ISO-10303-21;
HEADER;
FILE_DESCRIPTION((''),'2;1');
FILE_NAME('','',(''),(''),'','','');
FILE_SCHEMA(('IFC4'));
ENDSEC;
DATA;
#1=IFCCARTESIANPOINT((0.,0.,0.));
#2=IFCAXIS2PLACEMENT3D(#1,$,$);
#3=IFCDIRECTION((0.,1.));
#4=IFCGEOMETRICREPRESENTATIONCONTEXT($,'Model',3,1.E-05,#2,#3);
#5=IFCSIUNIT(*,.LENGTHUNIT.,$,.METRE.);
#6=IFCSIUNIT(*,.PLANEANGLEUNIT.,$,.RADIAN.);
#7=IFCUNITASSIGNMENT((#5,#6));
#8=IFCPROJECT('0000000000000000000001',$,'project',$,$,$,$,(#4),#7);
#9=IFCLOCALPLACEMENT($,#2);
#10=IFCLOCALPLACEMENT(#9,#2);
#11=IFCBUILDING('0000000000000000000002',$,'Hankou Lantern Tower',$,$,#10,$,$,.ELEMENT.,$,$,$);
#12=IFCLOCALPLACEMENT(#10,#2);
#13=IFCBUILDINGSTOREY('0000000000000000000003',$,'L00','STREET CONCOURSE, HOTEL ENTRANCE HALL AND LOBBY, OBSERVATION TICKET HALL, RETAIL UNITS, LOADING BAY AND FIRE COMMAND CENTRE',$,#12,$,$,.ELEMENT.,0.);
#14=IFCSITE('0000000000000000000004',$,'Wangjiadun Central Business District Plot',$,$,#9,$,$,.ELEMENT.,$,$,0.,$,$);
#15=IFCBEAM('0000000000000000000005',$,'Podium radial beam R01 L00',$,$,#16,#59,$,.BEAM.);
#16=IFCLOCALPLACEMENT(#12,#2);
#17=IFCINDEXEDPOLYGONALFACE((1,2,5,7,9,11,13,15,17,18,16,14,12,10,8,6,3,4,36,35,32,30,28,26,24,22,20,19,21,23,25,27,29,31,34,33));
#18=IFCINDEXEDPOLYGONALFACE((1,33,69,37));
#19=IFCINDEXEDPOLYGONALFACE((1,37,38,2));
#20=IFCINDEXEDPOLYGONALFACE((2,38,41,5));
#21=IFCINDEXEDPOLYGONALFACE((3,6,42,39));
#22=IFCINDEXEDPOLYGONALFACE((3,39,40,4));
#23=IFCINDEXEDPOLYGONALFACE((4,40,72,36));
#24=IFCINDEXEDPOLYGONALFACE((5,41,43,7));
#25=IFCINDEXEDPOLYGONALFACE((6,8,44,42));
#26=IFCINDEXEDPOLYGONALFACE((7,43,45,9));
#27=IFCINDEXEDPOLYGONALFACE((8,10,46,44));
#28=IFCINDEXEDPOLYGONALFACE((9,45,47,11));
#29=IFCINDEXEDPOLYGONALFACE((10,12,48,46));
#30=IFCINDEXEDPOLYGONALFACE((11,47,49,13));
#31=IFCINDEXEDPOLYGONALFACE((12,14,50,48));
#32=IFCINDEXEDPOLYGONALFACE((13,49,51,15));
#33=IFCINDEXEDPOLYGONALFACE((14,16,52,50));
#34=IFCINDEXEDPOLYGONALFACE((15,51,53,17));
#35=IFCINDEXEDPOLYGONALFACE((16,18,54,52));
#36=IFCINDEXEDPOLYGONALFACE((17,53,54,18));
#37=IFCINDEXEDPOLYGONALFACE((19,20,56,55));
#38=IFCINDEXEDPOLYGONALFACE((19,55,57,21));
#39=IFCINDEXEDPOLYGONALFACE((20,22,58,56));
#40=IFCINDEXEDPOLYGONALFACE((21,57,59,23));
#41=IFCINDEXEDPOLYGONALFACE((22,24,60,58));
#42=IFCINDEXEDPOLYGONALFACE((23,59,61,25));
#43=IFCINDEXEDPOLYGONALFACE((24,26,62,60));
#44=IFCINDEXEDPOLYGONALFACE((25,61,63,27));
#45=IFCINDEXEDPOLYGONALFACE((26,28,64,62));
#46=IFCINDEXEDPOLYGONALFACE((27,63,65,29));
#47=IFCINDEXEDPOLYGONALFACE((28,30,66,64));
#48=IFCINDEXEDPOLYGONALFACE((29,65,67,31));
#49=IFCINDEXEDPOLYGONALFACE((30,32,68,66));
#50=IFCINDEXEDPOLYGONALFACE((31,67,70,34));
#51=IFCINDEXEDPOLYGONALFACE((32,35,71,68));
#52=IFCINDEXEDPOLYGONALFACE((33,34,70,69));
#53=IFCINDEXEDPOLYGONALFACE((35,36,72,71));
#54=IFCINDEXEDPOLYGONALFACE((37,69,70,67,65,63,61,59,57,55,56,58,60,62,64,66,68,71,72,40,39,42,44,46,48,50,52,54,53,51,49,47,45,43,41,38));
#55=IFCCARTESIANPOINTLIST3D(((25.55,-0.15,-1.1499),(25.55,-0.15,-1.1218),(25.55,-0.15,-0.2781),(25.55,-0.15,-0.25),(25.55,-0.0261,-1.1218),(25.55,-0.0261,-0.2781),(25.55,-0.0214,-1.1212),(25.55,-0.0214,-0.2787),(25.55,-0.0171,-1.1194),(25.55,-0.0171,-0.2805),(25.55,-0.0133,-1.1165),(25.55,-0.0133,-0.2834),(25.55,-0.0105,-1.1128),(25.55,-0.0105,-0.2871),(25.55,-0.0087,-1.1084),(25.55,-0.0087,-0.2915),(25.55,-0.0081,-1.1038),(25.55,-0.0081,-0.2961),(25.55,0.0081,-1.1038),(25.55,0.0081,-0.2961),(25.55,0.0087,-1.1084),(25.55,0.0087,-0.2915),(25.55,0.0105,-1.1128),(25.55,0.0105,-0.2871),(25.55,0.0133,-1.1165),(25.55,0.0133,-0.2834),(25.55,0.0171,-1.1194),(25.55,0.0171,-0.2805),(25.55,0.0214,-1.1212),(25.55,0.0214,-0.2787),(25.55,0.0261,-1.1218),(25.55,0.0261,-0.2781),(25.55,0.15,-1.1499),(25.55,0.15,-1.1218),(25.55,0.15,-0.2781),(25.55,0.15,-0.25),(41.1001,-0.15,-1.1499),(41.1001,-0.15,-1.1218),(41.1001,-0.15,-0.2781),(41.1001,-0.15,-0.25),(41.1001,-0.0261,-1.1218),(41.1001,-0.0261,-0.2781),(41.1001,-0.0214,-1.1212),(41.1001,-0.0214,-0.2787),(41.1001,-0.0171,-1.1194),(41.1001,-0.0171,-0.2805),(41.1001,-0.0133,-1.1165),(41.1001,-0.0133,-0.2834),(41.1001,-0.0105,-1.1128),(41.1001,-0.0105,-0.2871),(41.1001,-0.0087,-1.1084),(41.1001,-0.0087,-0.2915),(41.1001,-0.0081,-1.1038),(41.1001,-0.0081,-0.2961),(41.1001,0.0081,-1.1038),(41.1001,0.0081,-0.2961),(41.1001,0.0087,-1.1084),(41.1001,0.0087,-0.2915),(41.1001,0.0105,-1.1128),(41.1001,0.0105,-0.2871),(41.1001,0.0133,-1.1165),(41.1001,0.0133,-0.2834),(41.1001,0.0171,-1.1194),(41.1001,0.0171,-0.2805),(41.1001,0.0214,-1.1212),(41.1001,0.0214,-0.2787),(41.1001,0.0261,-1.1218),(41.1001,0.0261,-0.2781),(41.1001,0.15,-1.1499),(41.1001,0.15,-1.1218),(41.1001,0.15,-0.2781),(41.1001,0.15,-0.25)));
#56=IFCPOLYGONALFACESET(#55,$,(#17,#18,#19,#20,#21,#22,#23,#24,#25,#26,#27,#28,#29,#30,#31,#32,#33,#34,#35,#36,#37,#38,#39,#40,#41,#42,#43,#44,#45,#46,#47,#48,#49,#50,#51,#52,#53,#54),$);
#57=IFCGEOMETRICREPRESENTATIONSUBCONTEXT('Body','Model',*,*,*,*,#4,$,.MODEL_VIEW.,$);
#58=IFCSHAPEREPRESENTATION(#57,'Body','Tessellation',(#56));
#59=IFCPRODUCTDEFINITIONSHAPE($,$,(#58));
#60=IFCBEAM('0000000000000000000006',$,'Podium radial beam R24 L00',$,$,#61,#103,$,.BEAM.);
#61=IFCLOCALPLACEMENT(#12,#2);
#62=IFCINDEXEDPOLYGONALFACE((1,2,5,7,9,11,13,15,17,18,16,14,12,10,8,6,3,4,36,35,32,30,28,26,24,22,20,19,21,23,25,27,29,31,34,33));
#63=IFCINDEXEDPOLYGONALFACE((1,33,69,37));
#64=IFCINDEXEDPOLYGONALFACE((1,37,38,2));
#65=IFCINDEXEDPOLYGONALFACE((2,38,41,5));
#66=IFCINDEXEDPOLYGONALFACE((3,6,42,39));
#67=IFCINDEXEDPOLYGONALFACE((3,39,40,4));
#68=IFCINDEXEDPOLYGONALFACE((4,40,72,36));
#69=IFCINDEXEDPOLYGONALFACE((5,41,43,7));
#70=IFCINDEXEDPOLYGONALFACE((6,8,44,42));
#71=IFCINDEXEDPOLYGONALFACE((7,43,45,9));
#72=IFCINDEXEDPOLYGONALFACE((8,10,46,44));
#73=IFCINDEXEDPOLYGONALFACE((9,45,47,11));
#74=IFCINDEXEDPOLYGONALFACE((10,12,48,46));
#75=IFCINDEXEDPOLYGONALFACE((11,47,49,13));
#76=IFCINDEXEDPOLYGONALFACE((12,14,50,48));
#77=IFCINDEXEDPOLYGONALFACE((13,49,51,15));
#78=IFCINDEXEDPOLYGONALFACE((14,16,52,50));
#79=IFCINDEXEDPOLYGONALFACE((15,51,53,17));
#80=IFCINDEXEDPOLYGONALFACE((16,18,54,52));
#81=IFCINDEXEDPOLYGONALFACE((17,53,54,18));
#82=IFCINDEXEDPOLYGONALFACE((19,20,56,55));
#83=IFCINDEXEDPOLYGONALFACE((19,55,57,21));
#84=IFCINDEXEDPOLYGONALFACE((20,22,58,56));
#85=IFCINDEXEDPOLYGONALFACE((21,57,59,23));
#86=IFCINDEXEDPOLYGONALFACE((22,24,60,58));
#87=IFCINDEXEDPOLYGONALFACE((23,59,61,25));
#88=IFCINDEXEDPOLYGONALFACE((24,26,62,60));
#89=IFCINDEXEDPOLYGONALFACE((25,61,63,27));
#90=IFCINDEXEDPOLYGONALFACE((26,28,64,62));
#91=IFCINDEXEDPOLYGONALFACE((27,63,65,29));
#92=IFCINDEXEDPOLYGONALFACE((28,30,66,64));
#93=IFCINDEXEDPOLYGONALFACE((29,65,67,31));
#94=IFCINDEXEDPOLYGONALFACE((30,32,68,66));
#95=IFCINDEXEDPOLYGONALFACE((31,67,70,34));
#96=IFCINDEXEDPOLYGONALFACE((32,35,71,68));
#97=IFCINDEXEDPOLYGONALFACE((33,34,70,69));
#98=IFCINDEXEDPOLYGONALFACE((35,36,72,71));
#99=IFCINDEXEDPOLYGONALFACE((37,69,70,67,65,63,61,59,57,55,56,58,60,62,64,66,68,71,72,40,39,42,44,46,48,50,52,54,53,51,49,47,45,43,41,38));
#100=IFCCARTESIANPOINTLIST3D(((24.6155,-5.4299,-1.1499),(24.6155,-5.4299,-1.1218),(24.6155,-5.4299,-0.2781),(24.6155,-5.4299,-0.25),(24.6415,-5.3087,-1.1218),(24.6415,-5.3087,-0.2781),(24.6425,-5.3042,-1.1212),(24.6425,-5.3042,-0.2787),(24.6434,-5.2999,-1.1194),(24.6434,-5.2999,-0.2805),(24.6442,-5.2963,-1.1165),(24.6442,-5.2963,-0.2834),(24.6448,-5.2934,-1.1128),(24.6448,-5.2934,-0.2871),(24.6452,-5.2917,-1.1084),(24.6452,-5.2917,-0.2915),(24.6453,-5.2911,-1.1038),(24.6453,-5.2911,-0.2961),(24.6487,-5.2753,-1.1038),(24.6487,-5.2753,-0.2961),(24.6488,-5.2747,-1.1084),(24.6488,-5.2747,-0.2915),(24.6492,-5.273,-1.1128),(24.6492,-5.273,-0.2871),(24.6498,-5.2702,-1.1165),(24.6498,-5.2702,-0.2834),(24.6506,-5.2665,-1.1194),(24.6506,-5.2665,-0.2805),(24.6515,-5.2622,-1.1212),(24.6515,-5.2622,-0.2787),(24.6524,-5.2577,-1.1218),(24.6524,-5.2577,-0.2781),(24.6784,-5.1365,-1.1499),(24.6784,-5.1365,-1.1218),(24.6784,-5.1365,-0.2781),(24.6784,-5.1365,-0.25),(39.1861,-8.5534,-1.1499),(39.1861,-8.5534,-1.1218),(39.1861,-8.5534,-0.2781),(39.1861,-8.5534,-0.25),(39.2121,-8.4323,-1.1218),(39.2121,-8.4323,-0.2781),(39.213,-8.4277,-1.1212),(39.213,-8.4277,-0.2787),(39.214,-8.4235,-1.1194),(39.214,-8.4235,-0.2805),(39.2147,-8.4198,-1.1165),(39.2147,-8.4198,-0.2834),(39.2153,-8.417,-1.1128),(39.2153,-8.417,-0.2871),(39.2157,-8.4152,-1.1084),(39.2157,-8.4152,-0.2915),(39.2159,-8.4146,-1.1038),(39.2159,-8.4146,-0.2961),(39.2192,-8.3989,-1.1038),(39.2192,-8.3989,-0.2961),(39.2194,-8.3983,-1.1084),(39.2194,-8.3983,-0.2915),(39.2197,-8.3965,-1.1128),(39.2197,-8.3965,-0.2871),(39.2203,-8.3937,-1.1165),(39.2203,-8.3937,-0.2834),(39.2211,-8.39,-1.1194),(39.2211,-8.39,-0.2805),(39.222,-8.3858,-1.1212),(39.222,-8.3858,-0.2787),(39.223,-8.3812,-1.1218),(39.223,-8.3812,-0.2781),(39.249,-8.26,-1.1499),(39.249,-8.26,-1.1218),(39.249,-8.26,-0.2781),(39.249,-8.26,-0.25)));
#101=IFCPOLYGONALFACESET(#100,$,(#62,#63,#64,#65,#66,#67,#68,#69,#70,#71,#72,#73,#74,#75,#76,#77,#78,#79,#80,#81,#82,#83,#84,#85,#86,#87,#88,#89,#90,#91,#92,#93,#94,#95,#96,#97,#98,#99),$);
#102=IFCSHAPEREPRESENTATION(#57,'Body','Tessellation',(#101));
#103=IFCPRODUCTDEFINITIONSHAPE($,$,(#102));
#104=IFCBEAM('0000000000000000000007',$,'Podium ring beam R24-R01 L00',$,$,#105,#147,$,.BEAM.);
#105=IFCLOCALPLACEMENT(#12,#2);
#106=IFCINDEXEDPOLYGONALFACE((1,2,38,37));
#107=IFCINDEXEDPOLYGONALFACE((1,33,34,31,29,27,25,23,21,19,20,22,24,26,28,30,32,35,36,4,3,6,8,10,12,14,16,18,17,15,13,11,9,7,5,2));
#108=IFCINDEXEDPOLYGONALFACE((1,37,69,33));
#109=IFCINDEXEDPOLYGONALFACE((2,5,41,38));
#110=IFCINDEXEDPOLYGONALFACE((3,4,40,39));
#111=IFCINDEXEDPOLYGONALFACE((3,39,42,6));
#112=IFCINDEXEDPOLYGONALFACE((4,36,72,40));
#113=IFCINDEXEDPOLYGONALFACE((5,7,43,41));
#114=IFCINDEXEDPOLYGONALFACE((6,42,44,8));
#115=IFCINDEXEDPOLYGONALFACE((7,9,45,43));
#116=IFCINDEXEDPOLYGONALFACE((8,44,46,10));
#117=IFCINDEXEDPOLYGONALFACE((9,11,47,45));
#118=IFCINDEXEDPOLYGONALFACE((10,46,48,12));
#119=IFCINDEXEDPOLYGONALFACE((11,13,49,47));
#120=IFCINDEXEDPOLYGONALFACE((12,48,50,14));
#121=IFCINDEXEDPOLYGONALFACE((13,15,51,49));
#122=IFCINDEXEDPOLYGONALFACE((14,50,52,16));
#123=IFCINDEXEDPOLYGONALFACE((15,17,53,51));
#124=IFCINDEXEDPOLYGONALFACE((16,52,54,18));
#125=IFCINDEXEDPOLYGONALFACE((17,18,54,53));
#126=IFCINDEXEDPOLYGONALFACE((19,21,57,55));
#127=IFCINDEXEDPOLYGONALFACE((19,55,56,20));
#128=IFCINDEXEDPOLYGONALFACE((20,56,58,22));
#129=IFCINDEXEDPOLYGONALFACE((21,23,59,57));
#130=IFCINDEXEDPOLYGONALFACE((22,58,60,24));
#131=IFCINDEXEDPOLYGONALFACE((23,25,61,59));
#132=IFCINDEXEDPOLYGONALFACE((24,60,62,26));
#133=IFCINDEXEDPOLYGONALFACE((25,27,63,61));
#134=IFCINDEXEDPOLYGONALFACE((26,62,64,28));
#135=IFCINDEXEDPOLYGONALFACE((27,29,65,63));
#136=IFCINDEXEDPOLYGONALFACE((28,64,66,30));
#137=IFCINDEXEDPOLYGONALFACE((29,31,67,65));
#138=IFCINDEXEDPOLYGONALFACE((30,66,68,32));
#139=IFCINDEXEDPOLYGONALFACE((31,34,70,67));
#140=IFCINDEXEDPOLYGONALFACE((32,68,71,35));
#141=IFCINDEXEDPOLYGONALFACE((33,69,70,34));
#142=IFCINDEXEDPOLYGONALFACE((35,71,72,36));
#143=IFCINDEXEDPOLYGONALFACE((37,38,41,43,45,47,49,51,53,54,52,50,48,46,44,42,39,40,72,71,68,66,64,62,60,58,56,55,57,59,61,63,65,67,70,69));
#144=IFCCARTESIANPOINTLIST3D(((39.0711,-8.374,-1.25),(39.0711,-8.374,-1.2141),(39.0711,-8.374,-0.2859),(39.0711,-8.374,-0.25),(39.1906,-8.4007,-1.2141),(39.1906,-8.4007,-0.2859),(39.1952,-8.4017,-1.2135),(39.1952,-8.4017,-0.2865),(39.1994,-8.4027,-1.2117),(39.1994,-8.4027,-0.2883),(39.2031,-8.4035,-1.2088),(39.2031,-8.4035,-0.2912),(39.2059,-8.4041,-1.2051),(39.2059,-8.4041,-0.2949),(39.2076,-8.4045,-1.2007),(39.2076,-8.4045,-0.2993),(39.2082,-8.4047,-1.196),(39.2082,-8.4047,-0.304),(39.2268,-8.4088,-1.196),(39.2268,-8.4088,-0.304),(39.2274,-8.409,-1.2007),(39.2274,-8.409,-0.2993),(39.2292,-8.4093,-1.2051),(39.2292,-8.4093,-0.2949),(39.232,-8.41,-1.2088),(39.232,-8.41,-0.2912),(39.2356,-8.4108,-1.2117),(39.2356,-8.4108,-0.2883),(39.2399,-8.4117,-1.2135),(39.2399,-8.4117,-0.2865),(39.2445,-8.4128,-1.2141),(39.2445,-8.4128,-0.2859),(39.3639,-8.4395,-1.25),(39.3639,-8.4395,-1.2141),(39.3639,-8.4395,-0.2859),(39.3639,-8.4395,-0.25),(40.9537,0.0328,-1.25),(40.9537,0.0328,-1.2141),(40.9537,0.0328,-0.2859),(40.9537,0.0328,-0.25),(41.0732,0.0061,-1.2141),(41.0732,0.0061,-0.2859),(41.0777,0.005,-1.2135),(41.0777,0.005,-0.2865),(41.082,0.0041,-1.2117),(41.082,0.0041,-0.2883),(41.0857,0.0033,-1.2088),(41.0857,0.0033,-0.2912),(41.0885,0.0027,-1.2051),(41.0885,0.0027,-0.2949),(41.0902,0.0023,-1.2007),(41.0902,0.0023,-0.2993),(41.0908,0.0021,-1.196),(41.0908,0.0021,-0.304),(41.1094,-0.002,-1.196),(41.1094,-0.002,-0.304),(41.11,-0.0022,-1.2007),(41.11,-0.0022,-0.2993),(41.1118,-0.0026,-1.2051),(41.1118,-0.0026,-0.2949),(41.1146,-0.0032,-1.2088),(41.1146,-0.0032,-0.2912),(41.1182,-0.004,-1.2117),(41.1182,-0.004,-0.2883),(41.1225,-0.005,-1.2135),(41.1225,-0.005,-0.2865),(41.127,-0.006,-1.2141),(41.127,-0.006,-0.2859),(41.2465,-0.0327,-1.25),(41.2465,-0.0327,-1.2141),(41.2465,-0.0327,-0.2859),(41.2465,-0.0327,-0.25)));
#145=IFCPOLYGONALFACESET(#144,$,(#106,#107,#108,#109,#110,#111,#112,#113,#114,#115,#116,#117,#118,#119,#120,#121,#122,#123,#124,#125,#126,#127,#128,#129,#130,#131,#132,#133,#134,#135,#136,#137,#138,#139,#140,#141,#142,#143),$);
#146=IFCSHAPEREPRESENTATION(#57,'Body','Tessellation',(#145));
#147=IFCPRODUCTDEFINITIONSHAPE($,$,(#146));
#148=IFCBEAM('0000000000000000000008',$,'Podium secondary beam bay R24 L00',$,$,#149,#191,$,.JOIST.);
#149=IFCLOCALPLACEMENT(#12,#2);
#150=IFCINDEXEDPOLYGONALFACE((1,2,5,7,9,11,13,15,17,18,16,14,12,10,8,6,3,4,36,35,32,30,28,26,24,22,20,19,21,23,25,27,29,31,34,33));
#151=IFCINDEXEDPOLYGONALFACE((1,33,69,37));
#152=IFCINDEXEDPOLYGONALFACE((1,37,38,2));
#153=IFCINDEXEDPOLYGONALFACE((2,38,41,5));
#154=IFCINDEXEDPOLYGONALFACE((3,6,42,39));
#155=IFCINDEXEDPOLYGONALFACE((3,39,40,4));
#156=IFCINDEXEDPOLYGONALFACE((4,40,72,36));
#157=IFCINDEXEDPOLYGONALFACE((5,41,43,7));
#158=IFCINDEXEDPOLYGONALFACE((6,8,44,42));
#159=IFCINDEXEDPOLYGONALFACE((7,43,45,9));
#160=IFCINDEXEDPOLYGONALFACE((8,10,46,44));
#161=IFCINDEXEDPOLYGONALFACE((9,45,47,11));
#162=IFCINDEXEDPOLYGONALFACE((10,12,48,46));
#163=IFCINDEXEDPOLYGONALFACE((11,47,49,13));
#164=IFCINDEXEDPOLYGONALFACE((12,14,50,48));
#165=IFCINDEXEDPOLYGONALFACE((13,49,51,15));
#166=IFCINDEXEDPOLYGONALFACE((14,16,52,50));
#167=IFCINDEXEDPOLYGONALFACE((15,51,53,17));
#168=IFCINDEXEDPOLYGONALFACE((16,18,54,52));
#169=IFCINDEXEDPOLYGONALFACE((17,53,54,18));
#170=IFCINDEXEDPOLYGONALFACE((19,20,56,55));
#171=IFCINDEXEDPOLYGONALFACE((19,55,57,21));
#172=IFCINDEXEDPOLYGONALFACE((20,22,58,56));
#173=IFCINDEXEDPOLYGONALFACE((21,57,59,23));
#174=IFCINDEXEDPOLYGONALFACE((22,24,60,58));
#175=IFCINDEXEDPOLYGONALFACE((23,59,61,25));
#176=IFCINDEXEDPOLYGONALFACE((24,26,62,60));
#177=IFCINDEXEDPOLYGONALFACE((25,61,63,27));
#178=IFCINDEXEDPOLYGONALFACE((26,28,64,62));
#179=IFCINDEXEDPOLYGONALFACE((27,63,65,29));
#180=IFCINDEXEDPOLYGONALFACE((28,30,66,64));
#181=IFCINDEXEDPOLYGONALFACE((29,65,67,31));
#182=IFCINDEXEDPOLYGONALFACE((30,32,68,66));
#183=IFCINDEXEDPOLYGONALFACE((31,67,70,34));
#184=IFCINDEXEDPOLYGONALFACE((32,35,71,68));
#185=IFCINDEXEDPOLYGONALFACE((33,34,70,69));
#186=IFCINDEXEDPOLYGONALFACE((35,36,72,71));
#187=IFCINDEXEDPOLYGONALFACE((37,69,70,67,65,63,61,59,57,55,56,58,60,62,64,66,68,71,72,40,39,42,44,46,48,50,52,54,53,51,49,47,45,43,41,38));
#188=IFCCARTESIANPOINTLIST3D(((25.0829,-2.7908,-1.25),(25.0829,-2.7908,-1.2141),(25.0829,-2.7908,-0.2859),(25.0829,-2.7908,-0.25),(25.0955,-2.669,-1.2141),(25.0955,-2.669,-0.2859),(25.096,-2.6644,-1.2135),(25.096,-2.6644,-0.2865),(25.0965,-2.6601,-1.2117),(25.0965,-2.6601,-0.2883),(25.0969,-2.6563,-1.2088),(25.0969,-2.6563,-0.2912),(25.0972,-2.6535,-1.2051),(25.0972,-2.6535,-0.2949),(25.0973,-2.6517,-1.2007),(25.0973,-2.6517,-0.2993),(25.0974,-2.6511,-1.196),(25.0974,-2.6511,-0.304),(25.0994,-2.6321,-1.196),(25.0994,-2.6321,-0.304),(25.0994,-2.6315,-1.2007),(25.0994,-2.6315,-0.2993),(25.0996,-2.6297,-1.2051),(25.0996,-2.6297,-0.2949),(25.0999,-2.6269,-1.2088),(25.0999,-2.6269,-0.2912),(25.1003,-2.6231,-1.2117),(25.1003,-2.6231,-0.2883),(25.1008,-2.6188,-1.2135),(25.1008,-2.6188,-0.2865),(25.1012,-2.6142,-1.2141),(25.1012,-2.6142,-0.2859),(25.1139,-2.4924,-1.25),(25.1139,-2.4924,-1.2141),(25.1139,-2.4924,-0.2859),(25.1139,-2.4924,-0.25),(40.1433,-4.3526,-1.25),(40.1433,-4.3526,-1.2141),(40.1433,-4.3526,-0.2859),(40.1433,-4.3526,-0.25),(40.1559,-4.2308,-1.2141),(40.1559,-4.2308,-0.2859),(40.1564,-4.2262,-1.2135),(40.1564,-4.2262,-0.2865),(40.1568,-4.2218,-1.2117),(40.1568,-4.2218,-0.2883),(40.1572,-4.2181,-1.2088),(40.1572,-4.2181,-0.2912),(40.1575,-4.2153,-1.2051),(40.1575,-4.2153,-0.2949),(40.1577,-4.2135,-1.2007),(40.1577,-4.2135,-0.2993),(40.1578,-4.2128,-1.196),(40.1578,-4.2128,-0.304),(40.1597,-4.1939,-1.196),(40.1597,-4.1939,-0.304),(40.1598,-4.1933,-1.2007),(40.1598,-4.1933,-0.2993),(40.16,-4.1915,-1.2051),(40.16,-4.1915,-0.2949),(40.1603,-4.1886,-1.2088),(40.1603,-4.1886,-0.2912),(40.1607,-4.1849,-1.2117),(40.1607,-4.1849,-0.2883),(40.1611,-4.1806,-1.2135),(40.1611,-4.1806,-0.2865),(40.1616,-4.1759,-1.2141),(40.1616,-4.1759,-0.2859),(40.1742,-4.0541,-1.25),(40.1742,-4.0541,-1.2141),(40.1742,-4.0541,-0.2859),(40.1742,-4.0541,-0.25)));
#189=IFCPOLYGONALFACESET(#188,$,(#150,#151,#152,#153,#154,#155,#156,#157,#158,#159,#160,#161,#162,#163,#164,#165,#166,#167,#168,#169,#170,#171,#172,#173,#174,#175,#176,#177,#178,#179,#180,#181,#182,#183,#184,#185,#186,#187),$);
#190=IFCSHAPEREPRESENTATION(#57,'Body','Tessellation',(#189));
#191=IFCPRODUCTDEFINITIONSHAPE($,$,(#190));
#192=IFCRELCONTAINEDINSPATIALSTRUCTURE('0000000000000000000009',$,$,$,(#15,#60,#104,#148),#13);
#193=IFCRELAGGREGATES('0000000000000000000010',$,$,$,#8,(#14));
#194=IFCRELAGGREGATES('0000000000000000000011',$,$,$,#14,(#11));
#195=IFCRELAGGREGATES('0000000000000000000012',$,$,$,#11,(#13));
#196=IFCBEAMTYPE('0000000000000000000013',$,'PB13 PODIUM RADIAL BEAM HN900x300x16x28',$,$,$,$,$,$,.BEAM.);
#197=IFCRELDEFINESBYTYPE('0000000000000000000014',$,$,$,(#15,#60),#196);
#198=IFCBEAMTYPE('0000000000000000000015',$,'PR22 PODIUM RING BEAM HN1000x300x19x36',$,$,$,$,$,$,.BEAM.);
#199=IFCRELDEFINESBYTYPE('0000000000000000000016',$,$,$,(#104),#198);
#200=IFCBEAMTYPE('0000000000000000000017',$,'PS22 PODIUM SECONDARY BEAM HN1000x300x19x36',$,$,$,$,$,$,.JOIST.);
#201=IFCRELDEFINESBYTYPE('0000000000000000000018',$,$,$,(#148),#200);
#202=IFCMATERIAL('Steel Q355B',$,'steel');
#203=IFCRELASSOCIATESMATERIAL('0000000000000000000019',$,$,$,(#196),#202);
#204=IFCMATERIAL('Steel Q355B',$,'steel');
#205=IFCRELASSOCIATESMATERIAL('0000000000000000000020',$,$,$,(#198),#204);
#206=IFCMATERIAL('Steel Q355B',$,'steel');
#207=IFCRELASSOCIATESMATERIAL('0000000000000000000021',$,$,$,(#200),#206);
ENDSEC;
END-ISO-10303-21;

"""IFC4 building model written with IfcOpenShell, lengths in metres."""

from ifc_helpers import new_model, si_unit, direction, frame, origin, origin_2d, place, context, subcontext, project, spatial, i_section, extrude, material, material_profile, profile_set, type_object, element, save


model = new_model("IFC4")

# Units and contexts
model_context = context("Model", 3, precision=1e-05, world=origin(), true_north=direction((0.0, 1.0)))
body_context = subcontext(model_context, "Body", "Model", "MODEL_VIEW")
ifc_project = project(units=[si_unit("LENGTHUNIT", "METRE"), si_unit("PLANEANGLEUNIT", "RADIAN")], contexts=[model_context])

# Site, building, storey
site_placement = place(None, origin())
site = spatial("IfcSite", under=ifc_project, at=site_placement, Name="Wangjiadun Central Business District Plot", CompositionType="ELEMENT", RefElevation=0.0)
building_placement = place(site_placement, origin())
building = spatial("IfcBuilding", under=site, at=building_placement, Name="Hankou Lantern Tower", CompositionType="ELEMENT")
storey_placement = place(building_placement, origin())
storey = spatial("IfcBuildingStorey", under=building, at=storey_placement, Name="L00", Description="STREET CONCOURSE, HOTEL ENTRANCE HALL AND LOBBY, OBSERVATION TICKET HALL, RETAIL UNITS, LOADING BAY AND FIRE COMMAND CENTRE", CompositionType="ELEMENT", Elevation=0.0)

# Beams
ifc_material_1 = material(Name="Steel Q355B", Category="steel")
ifc_material_profile_1 = material_profile(ifc_material_1, i_section(OverallWidth=0.3, OverallDepth=0.8999, WebThickness=0.0161, FlangeThickness=0.0281, FilletRadius=0.0181, at=origin_2d()), Name="HN900x300x16x28")
ifc_profile_set_1 = profile_set([ifc_material_profile_1], Name="Steel Q355B")
beam_type_1 = type_object("IfcBeamType", Name="PB13 PODIUM RADIAL BEAM HN900x300x16x28", PredefinedType="BEAM", material=ifc_profile_set_1)
beam_1_placement = place(storey_placement, frame((25.55, 0.0, -0.7), z_axis=(1.0, 0.0, 0.0), x_axis=(0.0, 1.0, 0.0)))
element("IfcBeam", 1, at=beam_1_placement, inside=storey, type_object=beam_type_1, Name="Podium radial beam R01 L00", PredefinedType="BEAM", context=body_context, shape_type="SweptSolid", body=[
    extrude(i_section(OverallWidth=0.3, OverallDepth=0.8999, WebThickness=0.0161, FlangeThickness=0.0281, FilletRadius=0.0181, at=origin_2d()), origin(), (0.0, 0.0, 1.0), 15.55),
])
beam_2_placement = place(storey_placement, frame((24.647, -5.2832, -0.7), z_axis=(0.977785, -0.209611, 0.0), x_axis=(0.209611, 0.977785, 0.0)))
element("IfcBeam", 2, at=beam_2_placement, inside=storey, type_object=beam_type_1, Name="Podium radial beam R24 L00", PredefinedType="BEAM", context=body_context, shape_type="SweptSolid", body=[
    extrude(i_section(OverallWidth=0.3, OverallDepth=0.8999, WebThickness=0.0161, FlangeThickness=0.0281, FilletRadius=0.0181, at=origin_2d()), origin(), (0.0, 0.0, 1.0), 14.9016),
])
ifc_material_2 = material(Name="Steel Q355B", Category="steel")
ifc_material_profile_2 = material_profile(ifc_material_2, i_section(OverallWidth=0.3, OverallDepth=1.0, WebThickness=0.019, FlangeThickness=0.0359, FilletRadius=0.0181, at=origin_2d()), Name="HN1000x300x19x36")
ifc_profile_set_2 = profile_set([ifc_material_profile_2], Name="Steel Q355B")
beam_type_2 = type_object("IfcBeamType", Name="PR22 PODIUM RING BEAM HN1000x300x19x36", PredefinedType="BEAM", material=ifc_profile_set_2)
beam_3_placement = place(storey_placement, frame((39.2175, -8.4067, -0.75), z_axis=(0.218523, 0.975832, 0.0), x_axis=(-0.975832, 0.218523, 0.0)))
element("IfcBeam", 3, at=beam_3_placement, inside=storey, type_object=beam_type_2, Name="Podium ring beam R24-R01 L00", PredefinedType="BEAM", context=body_context, shape_type="SweptSolid", body=[
    extrude(i_section(OverallWidth=0.3, OverallDepth=1.0, WebThickness=0.019, FlangeThickness=0.0359, FilletRadius=0.0181, at=origin_2d()), origin(), (0.0, 0.0, 1.0), 8.615),
])
ifc_material_3 = material(Name="Steel Q355B", Category="steel")
ifc_material_profile_3 = material_profile(ifc_material_3, i_section(OverallWidth=0.3, OverallDepth=1.0, WebThickness=0.019, FlangeThickness=0.0359, FilletRadius=0.0181, at=origin_2d()), Name="HN1000x300x19x36")
ifc_profile_set_3 = profile_set([ifc_material_profile_3], Name="Steel Q355B")
beam_type_3 = type_object("IfcBeamType", Name="PS22 PODIUM SECONDARY BEAM HN1000x300x19x36", PredefinedType="JOIST", material=ifc_profile_set_3)
beam_4_placement = place(storey_placement, frame((25.0984, -2.6416, -0.75), z_axis=(0.994666, -0.103148, 0.0), x_axis=(0.103148, 0.994666, 0.0)))
element("IfcBeam", 4, at=beam_4_placement, inside=storey, type_object=beam_type_3, Name="Podium secondary beam bay R24 L00", PredefinedType="JOIST", context=body_context, shape_type="SweptSolid", body=[
    extrude(i_section(OverallWidth=0.3, OverallDepth=1.0, WebThickness=0.019, FlangeThickness=0.0359, FilletRadius=0.0181, at=origin_2d()), origin(), (0.0, 0.0, 1.0), 15.1411),
])

save(model, "model.ifc")
